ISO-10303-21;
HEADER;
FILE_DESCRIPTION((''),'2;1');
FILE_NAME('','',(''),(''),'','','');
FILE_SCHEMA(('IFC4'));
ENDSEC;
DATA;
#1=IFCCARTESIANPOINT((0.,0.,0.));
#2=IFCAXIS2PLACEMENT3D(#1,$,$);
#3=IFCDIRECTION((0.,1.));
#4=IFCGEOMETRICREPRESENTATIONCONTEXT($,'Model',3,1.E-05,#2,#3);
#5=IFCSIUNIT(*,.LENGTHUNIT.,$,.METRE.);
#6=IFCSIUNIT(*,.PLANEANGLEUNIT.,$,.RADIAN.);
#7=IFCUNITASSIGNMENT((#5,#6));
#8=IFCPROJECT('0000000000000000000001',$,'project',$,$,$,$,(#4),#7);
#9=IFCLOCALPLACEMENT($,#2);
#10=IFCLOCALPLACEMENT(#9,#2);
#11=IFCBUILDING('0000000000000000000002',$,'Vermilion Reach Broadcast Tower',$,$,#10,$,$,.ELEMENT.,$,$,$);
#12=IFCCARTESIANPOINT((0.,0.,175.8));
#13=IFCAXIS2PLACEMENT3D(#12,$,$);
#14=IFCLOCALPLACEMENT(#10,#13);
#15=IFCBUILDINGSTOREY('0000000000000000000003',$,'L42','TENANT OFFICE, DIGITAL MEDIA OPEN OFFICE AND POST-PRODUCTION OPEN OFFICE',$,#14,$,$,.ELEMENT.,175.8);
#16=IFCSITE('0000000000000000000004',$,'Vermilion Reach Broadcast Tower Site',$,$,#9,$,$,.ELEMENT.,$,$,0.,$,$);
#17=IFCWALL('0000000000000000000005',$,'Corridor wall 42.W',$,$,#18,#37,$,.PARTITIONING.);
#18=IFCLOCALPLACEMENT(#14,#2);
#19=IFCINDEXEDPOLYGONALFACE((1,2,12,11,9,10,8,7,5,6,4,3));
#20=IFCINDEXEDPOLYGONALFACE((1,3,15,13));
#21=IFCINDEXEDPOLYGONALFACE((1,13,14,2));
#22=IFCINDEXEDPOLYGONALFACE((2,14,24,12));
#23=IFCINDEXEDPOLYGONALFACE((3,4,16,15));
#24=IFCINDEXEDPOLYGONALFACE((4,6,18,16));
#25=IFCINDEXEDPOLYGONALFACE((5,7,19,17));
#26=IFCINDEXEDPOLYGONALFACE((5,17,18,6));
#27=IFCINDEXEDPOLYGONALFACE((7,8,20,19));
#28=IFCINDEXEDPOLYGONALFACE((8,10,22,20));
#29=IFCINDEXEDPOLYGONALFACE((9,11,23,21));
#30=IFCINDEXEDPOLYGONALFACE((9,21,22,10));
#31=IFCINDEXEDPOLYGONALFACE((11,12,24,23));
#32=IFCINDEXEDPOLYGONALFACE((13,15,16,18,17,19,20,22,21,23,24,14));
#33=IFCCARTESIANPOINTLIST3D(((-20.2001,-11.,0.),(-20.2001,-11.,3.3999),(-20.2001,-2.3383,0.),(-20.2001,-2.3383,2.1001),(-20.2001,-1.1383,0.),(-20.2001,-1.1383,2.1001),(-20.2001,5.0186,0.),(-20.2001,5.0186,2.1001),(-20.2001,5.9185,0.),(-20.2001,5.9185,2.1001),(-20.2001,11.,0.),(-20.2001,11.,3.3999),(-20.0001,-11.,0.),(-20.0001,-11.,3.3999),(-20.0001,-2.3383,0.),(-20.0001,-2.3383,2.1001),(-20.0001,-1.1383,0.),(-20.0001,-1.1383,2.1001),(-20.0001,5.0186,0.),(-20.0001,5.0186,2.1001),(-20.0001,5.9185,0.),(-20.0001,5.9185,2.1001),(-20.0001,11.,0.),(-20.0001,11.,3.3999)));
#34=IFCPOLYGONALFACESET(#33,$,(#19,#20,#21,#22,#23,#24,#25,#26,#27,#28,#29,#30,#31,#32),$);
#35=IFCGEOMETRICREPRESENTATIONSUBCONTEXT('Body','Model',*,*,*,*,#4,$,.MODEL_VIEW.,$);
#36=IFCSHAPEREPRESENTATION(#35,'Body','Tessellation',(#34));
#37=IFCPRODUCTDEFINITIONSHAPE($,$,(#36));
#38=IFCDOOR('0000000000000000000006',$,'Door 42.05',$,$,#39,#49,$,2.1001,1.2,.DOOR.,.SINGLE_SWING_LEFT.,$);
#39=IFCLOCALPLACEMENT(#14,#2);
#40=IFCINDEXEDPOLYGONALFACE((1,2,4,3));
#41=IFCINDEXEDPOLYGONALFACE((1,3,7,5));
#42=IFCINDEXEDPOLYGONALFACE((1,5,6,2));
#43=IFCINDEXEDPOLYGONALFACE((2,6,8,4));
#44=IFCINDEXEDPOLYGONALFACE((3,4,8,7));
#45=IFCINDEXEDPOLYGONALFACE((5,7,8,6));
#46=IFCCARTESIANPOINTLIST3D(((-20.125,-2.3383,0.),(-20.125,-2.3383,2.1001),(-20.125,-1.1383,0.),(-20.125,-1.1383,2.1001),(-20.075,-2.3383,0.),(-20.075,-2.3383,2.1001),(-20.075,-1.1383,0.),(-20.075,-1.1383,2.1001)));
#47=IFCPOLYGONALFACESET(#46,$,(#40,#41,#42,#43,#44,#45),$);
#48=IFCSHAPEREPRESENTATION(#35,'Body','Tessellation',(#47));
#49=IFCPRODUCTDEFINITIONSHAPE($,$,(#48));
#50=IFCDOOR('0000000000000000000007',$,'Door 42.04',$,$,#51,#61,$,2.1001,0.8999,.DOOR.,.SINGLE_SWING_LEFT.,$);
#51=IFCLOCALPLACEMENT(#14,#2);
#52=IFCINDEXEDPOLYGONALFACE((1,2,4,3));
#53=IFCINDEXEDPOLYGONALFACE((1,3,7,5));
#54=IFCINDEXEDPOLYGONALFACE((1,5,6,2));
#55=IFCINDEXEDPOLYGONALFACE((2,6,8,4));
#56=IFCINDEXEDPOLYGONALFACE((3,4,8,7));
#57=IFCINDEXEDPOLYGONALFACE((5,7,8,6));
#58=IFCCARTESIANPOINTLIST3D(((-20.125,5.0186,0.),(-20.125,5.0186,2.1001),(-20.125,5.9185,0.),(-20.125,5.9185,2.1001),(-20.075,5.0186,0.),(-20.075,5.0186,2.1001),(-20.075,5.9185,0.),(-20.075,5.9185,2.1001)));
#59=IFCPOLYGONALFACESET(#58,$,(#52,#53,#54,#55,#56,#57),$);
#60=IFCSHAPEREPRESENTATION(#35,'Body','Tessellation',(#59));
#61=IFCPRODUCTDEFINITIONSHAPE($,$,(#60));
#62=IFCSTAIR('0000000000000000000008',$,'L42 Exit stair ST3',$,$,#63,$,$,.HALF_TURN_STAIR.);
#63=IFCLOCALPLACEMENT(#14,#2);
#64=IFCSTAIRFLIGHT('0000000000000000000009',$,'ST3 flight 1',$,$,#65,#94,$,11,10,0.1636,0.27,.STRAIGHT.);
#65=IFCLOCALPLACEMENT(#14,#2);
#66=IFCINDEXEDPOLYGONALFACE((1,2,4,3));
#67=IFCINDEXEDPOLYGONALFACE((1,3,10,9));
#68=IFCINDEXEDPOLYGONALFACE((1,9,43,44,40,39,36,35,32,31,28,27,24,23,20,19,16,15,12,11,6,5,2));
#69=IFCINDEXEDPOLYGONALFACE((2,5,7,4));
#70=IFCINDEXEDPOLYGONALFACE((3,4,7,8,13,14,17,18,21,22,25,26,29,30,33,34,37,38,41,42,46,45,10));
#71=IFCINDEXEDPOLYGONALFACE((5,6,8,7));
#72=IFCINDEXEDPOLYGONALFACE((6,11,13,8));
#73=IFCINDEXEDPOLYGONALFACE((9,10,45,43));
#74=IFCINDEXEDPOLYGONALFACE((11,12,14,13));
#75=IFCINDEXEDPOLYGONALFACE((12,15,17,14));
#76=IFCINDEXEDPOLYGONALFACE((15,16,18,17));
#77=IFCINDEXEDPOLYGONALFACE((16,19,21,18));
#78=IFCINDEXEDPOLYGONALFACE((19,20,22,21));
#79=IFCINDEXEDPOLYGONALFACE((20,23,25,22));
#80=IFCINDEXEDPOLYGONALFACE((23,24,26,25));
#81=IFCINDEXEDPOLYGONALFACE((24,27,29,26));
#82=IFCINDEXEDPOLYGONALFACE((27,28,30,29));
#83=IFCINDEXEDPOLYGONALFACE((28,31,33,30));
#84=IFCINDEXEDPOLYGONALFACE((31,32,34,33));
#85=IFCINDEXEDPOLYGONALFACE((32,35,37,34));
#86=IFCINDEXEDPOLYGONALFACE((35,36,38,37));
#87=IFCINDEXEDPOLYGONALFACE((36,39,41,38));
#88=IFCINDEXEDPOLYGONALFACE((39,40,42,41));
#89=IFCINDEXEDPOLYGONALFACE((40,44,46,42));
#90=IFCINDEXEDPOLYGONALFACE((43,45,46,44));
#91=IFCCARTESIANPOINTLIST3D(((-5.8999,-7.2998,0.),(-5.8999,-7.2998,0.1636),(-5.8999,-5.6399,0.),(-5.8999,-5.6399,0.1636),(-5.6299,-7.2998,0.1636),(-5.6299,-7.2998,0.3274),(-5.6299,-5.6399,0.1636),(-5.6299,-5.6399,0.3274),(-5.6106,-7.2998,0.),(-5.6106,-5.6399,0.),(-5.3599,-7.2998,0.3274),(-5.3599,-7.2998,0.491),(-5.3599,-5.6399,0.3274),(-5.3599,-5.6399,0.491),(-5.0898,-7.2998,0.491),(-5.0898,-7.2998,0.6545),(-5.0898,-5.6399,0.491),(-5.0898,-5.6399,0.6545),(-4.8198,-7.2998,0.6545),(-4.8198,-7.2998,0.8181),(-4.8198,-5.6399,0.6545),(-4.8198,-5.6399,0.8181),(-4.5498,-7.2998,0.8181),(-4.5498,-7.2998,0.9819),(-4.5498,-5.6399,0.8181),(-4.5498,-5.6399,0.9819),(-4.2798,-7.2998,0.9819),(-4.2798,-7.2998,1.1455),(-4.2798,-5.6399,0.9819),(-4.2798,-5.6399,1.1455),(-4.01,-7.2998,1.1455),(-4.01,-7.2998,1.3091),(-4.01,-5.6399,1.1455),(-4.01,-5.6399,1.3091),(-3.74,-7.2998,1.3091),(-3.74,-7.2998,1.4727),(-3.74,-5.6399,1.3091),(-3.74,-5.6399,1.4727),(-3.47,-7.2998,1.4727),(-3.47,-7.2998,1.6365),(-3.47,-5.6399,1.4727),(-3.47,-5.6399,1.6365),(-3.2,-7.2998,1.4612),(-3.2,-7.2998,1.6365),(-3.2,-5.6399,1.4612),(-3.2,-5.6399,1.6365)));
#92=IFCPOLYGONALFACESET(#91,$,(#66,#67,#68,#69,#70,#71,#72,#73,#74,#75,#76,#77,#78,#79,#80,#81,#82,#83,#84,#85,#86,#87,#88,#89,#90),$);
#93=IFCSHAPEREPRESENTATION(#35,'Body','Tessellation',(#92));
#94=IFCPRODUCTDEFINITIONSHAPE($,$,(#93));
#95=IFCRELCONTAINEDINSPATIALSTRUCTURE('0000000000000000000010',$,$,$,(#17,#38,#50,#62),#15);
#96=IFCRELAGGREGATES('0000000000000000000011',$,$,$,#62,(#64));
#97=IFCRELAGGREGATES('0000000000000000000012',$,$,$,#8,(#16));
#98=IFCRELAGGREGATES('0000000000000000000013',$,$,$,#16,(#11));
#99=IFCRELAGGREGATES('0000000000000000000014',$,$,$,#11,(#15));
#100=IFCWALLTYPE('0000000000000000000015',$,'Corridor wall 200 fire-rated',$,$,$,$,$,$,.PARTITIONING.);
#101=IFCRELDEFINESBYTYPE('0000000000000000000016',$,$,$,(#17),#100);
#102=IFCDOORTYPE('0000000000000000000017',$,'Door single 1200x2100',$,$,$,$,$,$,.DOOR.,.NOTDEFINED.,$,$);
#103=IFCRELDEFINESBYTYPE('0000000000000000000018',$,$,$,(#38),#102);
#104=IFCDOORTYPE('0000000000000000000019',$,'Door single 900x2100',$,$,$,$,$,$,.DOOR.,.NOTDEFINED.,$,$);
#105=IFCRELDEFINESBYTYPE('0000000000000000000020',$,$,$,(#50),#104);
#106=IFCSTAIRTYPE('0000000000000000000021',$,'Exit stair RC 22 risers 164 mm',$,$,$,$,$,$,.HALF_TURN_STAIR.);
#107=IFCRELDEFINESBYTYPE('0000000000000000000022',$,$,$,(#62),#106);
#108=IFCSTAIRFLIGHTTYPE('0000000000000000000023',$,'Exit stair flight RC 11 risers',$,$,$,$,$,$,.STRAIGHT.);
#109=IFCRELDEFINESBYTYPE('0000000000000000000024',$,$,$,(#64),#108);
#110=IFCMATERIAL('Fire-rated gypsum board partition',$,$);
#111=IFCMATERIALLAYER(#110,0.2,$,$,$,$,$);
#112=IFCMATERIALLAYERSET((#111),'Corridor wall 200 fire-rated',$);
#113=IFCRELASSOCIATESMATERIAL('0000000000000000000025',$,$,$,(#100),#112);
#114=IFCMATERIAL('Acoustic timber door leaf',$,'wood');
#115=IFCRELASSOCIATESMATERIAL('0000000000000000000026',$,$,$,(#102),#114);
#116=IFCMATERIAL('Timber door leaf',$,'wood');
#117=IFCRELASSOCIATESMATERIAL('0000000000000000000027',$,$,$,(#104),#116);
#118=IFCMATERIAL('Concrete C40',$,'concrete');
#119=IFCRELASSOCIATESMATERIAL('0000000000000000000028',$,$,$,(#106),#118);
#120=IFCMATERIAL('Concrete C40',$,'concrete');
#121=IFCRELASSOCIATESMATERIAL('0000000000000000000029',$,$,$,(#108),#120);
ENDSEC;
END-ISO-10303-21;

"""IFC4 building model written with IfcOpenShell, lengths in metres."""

from ifc_helpers import new_model, si_unit, direction, frame, frame_2d, origin, place, context, subcontext, project, spatial, polyline, rectangle, outline, extrude, material, layer, layer_set, type_object, element, fill, aggregate, save


model = new_model("IFC4")

# Units and contexts
model_context = context("Model", 3, precision=1e-05, world=origin(), true_north=direction((0.0, 1.0)))
body_context = subcontext(model_context, "Body", "Model", "MODEL_VIEW")
ifc_project = project(units=[si_unit("LENGTHUNIT", "METRE"), si_unit("PLANEANGLEUNIT", "RADIAN")], contexts=[model_context])

# Site, building, storey
site_placement = place(None, origin())
site = spatial("IfcSite", under=ifc_project, at=site_placement, Name="Vermilion Reach Broadcast Tower Site", CompositionType="ELEMENT", RefElevation=0.0)
building_placement = place(site_placement, origin())
building = spatial("IfcBuilding", under=site, at=building_placement, Name="Vermilion Reach Broadcast Tower", CompositionType="ELEMENT")
storey_placement = place(building_placement, frame((0.0, 0.0, 175.8)))
storey = spatial("IfcBuildingStorey", under=building, at=storey_placement, Name="L42", Description="TENANT OFFICE, DIGITAL MEDIA OPEN OFFICE AND POST-PRODUCTION OPEN OFFICE", CompositionType="ELEMENT", Elevation=175.8)

# Wall, openings, doors
ifc_material_1 = material(Name="Fire-rated gypsum board partition")
ifc_layer_1 = layer(ifc_material_1, 0.2)
ifc_layer_set_1 = layer_set([ifc_layer_1], Name="Corridor wall 200 fire-rated")
wall_type_1 = type_object("IfcWallType", Name="Corridor wall 200 fire-rated", PredefinedType="PARTITIONING", material=ifc_layer_set_1)
wall_1_placement = place(storey_placement, frame((-20.1001, -11.0, 0.0), z_axis=(0.0, 0.0, 1.0), x_axis=(0.0, 1.0, 0.0)))
wall_1 = element("IfcWall", 1, at=wall_1_placement, inside=storey, type_object=wall_type_1, Name="Corridor wall 42.W", PredefinedType="PARTITIONING", context=body_context, shape_type="SweptSolid", body=[
    extrude(rectangle(XDim=22.0, YDim=0.2, at=frame_2d((11.0, 0.0))), origin(), (0.0, 0.0, 1.0), 3.3999),
])
opening_1_placement = place(wall_1_placement, frame((16.0186, 0.0, 0.0)))
opening_1 = element("IfcOpeningElement", 2, at=opening_1_placement, cuts=wall_1, PredefinedType="OPENING", context=body_context, shape_type="SweptSolid", body=[
    extrude(rectangle(XDim=0.8999, YDim=2.1001, at=frame_2d((0.45, 1.05))), frame((0.0, 0.1099, 0.0), z_axis=(0.0, -1.0, 0.0), x_axis=(1.0, 0.0, 0.0)), (0.0, 0.0, 1.0), 0.22),
])
opening_2_placement = place(wall_1_placement, frame((8.6616, 0.0, 0.0)))
opening_2 = element("IfcOpeningElement", 3, at=opening_2_placement, cuts=wall_1, PredefinedType="OPENING", context=body_context, shape_type="SweptSolid", body=[
    extrude(rectangle(XDim=1.2, YDim=2.1001, at=frame_2d((0.6001, 1.05))), frame((0.0, 0.1099, 0.0), z_axis=(0.0, -1.0, 0.0), x_axis=(1.0, 0.0, 0.0)), (0.0, 0.0, 1.0), 0.22),
])
ifc_material_2 = material(Name="Acoustic timber door leaf", Category="wood")
door_type_1 = type_object("IfcDoorType", Name="Door single 1200x2100", OperationType="NOTDEFINED", PredefinedType="DOOR", material=ifc_material_2)
door_1_placement = place(opening_2_placement, origin())
door_1 = element("IfcDoor", 4, at=door_1_placement, inside=storey, type_object=door_type_1, Name="Door 42.05", OperationType="SINGLE_SWING_LEFT", OverallHeight=2.1001, OverallWidth=1.2, PredefinedType="DOOR", context=body_context, shape_type="SweptSolid", body=[
    extrude(rectangle(XDim=1.2, YDim=2.1001, at=frame_2d((0.6001, 1.05))), frame((0.0, 0.0249, 0.0), z_axis=(0.0, -1.0, 0.0), x_axis=(1.0, 0.0, 0.0)), (0.0, 0.0, 1.0), 0.05),
])
fill(opening_2, door_1)
ifc_material_3 = material(Name="Timber door leaf", Category="wood")
door_type_2 = type_object("IfcDoorType", Name="Door single 900x2100", OperationType="NOTDEFINED", PredefinedType="DOOR", material=ifc_material_3)
door_2_placement = place(opening_1_placement, origin())
door_2 = element("IfcDoor", 5, at=door_2_placement, inside=storey, type_object=door_type_2, Name="Door 42.04", OperationType="SINGLE_SWING_LEFT", OverallHeight=2.1001, OverallWidth=0.8999, PredefinedType="DOOR", context=body_context, shape_type="SweptSolid", body=[
    extrude(rectangle(XDim=0.8999, YDim=2.1001, at=frame_2d((0.45, 1.05))), frame((0.0, 0.0249, 0.0), z_axis=(0.0, -1.0, 0.0), x_axis=(1.0, 0.0, 0.0)), (0.0, 0.0, 1.0), 0.05),
])
fill(opening_1, door_2)

# Stair, stair flight
ifc_material_4 = material(Name="Concrete C40", Category="concrete")
stair_type = type_object("IfcStairType", Name="Exit stair RC 22 risers 164 mm", PredefinedType="HALF_TURN_STAIR", material=ifc_material_4)
stair_placement = place(storey_placement, origin())
stair = element("IfcStair", 6, at=stair_placement, inside=storey, type_object=stair_type, Name="L42 Exit stair ST3", PredefinedType="HALF_TURN_STAIR")
ifc_material_5 = material(Name="Concrete C40", Category="concrete")
stair_flight_type = type_object("IfcStairFlightType", Name="Exit stair flight RC 11 risers", PredefinedType="STRAIGHT", material=ifc_material_5)
stair_flight_placement = place(storey_placement, frame((-5.8999, -6.47, 0.0), z_axis=(0.0, 0.0, 1.0), x_axis=(1.0, 0.0, 0.0)))
stair_flight = element("IfcStairFlight", 7, at=stair_flight_placement, type_object=stair_flight_type, Name="ST3 flight 1", NumberOfRisers=11, NumberOfTreads=10, PredefinedType="STRAIGHT", RiserHeight=0.1636, TreadLength=0.27, context=body_context, shape_type="SweptSolid", body=[
    extrude(outline(polyline([(0.0, 0.0), (0.0, 0.1636), (0.27, 0.1636), (0.27, 0.3274), (0.54, 0.3274), (0.54, 0.491), (0.8101, 0.491), (0.8101, 0.6545), (1.0801, 0.6545), (1.0801, 0.8181), (1.3501, 0.8181), (1.3501, 0.9819), (1.6201, 0.9819), (1.6201, 1.1455), (1.8899, 1.1455), (1.8899, 1.3091), (2.1599, 1.3091), (2.1599, 1.4727), (2.4299, 1.4727), (2.4299, 1.6365), (2.7, 1.6365), (2.7, 1.8), (2.7, 1.4612), (0.2893, 0.0), (0.0, 0.0)])), frame((0.0, 0.8301, 0.0), z_axis=(0.0, -1.0, 0.0), x_axis=(1.0, 0.0, 0.0)), (0.0, 0.0, 1.0), 1.6599),
])
aggregate(stair, [stair_flight])

save(model, "model.ifc")
